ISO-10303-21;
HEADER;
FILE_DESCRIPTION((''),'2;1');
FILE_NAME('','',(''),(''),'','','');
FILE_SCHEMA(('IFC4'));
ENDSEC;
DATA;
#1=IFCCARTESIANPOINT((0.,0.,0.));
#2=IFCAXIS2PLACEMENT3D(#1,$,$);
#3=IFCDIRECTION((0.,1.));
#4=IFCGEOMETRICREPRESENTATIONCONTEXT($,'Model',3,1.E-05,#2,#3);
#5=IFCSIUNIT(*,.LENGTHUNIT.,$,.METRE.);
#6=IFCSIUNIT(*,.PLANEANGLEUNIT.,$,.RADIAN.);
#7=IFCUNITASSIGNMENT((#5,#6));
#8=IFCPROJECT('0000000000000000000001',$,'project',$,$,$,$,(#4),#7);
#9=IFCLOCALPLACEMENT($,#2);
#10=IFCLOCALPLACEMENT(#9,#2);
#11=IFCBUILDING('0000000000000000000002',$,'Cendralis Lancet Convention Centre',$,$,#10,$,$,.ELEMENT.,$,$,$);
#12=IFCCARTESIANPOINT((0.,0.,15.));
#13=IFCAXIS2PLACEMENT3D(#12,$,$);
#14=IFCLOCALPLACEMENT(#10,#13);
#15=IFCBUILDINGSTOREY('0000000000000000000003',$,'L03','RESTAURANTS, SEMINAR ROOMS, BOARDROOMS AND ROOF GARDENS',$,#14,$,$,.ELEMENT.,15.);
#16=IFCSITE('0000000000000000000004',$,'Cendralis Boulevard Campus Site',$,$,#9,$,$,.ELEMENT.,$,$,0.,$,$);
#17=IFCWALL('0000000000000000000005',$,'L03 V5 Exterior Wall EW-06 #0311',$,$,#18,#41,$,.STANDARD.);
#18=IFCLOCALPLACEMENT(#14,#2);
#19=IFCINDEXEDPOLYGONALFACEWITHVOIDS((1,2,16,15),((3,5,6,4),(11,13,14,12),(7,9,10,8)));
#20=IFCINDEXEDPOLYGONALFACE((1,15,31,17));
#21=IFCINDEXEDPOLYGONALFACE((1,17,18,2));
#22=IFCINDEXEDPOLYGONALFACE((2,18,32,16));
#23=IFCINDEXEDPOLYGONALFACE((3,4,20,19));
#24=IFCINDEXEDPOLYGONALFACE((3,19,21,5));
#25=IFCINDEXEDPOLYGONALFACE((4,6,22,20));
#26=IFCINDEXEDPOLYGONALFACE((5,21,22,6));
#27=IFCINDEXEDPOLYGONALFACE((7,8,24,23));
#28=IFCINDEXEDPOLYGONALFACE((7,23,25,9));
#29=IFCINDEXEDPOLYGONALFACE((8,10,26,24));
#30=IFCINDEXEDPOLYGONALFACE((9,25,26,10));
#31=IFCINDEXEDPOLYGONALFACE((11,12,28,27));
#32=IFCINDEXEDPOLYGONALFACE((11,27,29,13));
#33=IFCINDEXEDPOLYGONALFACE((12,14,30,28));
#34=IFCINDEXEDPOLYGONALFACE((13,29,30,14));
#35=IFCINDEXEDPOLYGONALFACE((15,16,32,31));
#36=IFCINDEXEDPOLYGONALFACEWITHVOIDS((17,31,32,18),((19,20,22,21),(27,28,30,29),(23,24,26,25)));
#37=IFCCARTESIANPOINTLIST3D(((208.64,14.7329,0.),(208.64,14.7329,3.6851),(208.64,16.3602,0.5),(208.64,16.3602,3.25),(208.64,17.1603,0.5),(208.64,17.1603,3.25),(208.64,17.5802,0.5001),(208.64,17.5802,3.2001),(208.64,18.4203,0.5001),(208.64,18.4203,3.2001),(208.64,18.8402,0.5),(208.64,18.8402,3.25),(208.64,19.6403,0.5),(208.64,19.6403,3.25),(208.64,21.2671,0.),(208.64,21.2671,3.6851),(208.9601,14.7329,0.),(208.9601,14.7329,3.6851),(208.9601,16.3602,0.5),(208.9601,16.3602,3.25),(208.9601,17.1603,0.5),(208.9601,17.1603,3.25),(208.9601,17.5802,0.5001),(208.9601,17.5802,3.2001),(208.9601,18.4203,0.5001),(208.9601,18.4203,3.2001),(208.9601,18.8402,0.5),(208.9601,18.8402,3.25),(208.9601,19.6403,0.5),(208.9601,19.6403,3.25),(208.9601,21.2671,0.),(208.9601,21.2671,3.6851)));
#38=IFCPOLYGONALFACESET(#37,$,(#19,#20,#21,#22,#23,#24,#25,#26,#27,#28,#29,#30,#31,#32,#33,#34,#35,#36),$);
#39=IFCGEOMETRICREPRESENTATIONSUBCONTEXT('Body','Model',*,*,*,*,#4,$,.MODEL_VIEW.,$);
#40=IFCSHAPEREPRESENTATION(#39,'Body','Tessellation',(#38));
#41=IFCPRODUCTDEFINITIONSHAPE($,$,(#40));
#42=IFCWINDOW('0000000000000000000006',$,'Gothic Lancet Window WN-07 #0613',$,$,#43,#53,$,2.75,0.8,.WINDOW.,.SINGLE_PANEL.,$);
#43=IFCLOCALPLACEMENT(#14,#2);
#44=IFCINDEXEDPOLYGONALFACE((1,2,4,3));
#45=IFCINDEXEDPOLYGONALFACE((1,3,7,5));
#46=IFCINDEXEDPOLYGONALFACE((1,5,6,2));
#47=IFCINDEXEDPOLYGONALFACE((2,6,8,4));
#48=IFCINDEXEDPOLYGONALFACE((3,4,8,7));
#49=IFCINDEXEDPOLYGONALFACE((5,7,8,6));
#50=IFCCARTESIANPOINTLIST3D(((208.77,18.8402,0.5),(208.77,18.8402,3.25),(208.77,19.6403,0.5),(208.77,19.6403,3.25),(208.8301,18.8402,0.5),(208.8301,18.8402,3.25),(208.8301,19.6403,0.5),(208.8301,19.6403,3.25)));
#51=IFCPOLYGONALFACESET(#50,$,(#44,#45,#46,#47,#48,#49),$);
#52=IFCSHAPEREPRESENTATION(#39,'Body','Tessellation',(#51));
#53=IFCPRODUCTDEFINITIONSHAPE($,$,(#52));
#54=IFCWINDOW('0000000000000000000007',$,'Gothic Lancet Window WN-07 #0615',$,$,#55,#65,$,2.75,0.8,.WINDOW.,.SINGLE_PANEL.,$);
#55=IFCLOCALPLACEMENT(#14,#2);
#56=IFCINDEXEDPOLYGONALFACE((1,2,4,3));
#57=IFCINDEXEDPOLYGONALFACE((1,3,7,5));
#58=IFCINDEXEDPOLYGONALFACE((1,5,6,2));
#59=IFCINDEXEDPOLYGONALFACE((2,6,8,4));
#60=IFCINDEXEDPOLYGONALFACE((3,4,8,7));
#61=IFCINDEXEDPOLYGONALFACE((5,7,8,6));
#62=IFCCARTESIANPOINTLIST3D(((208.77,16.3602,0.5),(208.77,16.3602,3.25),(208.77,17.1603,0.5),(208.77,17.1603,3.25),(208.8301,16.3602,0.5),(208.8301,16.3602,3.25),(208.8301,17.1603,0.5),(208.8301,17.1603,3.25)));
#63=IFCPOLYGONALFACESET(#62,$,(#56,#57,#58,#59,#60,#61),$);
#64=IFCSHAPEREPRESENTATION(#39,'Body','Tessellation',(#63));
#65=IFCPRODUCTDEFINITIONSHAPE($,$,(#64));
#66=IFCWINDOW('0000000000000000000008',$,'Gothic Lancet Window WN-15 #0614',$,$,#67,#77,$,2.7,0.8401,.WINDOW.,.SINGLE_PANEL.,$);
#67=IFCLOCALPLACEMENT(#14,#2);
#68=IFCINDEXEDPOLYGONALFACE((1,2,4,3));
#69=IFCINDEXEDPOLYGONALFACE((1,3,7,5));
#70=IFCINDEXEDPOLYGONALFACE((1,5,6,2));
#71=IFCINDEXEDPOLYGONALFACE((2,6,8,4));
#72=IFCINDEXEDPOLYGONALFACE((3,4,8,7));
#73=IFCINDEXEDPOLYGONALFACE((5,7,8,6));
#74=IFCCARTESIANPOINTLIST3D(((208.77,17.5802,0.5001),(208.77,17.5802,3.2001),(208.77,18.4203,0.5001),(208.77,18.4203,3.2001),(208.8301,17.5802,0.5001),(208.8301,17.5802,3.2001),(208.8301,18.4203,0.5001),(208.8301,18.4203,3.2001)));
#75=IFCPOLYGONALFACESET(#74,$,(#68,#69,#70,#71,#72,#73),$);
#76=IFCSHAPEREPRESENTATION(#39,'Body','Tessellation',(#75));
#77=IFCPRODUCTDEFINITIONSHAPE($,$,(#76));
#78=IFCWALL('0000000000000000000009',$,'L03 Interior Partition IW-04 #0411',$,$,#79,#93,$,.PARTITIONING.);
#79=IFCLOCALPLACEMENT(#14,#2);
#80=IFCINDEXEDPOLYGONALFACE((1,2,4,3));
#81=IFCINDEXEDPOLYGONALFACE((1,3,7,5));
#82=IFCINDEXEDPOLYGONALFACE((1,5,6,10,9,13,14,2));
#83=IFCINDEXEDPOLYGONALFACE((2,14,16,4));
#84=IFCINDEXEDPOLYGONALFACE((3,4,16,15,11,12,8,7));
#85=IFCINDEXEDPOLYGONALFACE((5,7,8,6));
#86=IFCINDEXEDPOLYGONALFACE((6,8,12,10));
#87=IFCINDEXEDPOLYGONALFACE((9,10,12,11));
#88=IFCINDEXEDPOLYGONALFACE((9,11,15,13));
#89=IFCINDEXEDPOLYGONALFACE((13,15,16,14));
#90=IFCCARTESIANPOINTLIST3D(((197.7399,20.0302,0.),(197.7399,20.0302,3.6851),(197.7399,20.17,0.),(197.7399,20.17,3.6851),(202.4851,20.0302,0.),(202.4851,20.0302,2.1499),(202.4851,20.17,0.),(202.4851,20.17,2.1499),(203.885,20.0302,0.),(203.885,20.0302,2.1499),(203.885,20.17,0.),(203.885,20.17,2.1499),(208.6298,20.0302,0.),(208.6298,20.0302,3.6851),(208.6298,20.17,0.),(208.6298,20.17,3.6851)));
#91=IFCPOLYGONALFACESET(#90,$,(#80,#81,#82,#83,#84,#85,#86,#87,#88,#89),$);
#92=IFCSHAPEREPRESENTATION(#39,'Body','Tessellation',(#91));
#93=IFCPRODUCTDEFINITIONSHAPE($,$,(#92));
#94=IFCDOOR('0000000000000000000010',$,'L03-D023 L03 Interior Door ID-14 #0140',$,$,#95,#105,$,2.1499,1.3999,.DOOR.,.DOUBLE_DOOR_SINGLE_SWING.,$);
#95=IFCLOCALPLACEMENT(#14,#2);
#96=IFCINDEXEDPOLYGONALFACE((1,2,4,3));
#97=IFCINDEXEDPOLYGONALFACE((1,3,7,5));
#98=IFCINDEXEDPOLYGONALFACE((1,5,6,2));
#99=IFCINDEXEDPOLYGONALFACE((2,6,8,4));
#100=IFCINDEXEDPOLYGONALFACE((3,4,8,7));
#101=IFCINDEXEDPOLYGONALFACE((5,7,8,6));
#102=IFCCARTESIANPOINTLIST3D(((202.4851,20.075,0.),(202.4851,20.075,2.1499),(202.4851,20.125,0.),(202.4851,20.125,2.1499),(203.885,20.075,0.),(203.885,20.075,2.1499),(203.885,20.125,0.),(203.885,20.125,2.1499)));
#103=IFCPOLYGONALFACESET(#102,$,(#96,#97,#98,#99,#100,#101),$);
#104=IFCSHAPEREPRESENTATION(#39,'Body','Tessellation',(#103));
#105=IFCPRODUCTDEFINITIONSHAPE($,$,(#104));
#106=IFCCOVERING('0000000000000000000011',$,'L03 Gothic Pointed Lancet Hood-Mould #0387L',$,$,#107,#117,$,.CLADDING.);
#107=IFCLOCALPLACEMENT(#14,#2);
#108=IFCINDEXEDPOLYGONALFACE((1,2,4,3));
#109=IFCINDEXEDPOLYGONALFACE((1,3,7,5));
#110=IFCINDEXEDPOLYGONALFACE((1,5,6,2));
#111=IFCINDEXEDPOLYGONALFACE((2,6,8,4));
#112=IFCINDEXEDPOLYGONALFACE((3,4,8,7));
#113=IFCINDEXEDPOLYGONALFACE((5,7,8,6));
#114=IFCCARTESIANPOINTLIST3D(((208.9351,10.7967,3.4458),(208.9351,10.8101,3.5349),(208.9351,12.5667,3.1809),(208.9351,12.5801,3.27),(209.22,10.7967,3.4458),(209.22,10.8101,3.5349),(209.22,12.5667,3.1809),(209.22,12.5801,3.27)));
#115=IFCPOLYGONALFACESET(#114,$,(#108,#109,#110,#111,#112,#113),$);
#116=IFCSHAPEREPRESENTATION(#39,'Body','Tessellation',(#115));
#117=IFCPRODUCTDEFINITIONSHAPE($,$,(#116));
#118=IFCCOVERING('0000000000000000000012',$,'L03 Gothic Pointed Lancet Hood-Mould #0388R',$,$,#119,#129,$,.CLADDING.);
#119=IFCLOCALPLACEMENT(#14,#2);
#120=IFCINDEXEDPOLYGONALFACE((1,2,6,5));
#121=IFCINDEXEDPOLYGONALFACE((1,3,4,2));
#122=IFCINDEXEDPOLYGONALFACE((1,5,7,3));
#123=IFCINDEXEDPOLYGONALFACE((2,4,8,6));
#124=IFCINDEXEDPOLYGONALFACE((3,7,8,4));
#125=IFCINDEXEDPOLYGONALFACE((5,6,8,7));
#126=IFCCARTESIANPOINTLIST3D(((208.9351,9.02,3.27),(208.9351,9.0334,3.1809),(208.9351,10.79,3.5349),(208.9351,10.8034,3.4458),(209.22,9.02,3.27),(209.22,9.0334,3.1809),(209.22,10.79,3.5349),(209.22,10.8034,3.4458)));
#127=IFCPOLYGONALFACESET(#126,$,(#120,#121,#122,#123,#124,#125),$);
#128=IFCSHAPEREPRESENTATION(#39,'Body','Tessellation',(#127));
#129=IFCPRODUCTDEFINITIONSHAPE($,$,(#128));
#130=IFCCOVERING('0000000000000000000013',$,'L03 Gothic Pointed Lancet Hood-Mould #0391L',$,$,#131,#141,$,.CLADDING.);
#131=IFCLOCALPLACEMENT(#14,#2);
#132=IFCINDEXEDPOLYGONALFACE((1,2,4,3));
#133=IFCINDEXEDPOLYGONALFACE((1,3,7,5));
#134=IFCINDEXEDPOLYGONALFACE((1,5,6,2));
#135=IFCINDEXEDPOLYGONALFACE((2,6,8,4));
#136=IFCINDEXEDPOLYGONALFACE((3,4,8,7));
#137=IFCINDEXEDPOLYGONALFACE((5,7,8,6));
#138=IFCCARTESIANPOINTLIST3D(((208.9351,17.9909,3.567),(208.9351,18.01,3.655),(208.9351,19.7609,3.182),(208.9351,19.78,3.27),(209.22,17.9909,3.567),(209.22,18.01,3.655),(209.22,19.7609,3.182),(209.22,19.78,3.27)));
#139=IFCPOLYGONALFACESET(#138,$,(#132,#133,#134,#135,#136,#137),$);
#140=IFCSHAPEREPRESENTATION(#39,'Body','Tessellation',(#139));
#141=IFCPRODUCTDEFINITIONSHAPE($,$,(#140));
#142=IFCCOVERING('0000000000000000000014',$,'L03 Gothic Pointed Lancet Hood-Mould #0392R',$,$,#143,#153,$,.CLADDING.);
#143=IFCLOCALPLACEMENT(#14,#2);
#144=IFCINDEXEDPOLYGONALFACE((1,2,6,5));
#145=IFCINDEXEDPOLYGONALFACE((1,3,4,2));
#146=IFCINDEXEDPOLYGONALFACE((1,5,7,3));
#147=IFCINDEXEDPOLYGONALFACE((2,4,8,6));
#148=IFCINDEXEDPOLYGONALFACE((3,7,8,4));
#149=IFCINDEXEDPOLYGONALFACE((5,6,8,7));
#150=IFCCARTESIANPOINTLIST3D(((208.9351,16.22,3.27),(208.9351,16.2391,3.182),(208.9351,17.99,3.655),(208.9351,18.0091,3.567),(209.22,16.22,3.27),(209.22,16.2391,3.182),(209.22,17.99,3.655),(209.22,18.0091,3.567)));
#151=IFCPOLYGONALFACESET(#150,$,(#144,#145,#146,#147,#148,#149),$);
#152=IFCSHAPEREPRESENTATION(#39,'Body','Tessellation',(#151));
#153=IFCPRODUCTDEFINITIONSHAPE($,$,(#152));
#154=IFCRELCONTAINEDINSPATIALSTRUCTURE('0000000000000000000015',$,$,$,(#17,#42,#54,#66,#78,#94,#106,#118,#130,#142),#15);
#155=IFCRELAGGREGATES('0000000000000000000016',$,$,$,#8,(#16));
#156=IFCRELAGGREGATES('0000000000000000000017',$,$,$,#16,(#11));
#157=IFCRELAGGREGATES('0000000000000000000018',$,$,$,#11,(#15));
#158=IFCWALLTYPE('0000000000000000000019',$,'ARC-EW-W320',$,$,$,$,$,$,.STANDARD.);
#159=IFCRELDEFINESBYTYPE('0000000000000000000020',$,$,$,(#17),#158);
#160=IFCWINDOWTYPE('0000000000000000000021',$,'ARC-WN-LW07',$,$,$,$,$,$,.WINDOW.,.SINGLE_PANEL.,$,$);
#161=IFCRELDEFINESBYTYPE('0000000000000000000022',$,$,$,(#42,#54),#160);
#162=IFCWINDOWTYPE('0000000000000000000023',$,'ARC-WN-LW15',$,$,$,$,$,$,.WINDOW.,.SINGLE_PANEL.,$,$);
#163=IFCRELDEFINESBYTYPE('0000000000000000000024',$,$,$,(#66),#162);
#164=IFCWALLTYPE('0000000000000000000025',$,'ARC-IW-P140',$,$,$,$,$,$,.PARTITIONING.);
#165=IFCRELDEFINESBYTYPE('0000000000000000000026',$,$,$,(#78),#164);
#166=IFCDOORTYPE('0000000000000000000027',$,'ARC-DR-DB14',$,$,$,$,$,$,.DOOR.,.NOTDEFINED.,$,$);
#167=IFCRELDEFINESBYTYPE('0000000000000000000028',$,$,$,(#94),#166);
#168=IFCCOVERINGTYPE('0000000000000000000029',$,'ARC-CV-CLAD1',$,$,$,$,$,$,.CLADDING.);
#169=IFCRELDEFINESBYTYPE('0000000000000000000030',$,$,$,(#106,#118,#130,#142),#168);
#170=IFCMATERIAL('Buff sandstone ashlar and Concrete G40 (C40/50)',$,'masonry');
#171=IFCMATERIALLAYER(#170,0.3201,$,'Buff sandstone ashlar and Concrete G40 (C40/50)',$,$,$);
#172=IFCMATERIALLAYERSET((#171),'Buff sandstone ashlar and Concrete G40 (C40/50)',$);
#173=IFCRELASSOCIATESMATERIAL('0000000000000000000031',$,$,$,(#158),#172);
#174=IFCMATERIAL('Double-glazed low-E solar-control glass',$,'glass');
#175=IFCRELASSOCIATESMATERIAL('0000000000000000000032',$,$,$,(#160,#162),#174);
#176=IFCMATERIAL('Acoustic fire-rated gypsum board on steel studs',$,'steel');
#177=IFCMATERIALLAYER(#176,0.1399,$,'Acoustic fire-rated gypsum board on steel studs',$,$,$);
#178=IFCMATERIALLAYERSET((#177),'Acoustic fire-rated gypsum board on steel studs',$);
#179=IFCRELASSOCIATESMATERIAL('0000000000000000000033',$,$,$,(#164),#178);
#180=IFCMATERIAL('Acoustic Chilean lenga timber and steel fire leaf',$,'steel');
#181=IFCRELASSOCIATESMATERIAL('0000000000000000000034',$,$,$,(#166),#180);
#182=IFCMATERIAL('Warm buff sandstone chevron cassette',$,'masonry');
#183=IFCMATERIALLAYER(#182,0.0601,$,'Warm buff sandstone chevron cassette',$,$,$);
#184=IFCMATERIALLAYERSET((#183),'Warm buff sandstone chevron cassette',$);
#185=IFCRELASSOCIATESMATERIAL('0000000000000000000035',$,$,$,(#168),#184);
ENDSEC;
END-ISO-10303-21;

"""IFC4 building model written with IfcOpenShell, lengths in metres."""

from ifc_helpers import new_model, si_unit, direction, frame, frame_2d, origin, place, context, subcontext, project, spatial, polyline, rectangle, outline, extrude, material, layer, layer_set, type_object, element, fill, save


model = new_model("IFC4")

# Units and contexts
model_context = context("Model", 3, precision=1e-05, world=origin(), true_north=direction((0.0, 1.0)))
body_context = subcontext(model_context, "Body", "Model", "MODEL_VIEW")
ifc_project = project(units=[si_unit("LENGTHUNIT", "METRE"), si_unit("PLANEANGLEUNIT", "RADIAN")], contexts=[model_context])

# Site, building, storey
site_placement = place(None, origin())
site = spatial("IfcSite", under=ifc_project, at=site_placement, Name="Cendralis Boulevard Campus Site", CompositionType="ELEMENT", RefElevation=0.0)
building_placement = place(site_placement, origin())
building = spatial("IfcBuilding", under=site, at=building_placement, Name="Cendralis Lancet Convention Centre", CompositionType="ELEMENT")
storey_placement = place(building_placement, frame((0.0, 0.0, 15.0)))
storey = spatial("IfcBuildingStorey", under=building, at=storey_placement, Name="L03", Description="RESTAURANTS, SEMINAR ROOMS, BOARDROOMS AND ROOF GARDENS", CompositionType="ELEMENT", Elevation=15.0)

# Wall, openings, windows
ifc_material_1 = material(Name="Buff sandstone ashlar and Concrete G40 (C40/50)", Category="masonry")
ifc_layer_1 = layer(ifc_material_1, 0.3201, Name="Buff sandstone ashlar and Concrete G40 (C40/50)")
ifc_layer_set_1 = layer_set([ifc_layer_1], Name="Buff sandstone ashlar and Concrete G40 (C40/50)")
wall_type_1 = type_object("IfcWallType", Name="ARC-EW-W320", PredefinedType="STANDARD", material=ifc_layer_set_1)
ifc_material_2 = material(Name="Double-glazed low-E solar-control glass", Category="glass")
window_type_1 = type_object("IfcWindowType", Name="ARC-WN-LW07", PartitioningType="SINGLE_PANEL", PredefinedType="WINDOW", material=ifc_material_2)
window_type_2 = type_object("IfcWindowType", Name="ARC-WN-LW15", PartitioningType="SINGLE_PANEL", PredefinedType="WINDOW", material=ifc_material_2)
wall_1_placement = place(storey_placement, frame((208.8, 21.2671, 0.0), z_axis=(0.0, 0.0, 1.0), x_axis=(0.0, -1.0, 0.0)))
wall_1 = element("IfcWall", 1, at=wall_1_placement, inside=storey, type_object=wall_type_1, Name="L03 V5 Exterior Wall EW-06 #0311", PredefinedType="STANDARD", context=body_context, shape_type="SweptSolid", body=[
    extrude(rectangle(XDim=6.5342, YDim=0.3201, at=frame_2d((3.2671, 0.0))), origin(), (0.0, 0.0, 1.0), 3.6851),
])
opening_1_placement = place(wall_1_placement, frame((1.627, 0.0, 0.5)))
opening_1 = element("IfcOpeningElement", 2, at=opening_1_placement, cuts=wall_1, PredefinedType="OPENING", context=body_context, shape_type="SweptSolid", body=[
    extrude(rectangle(XDim=0.8, YDim=2.75, at=frame_2d((0.3999, 1.375))), frame((0.0, 0.1699, 0.0), z_axis=(0.0, -1.0, 0.0), x_axis=(1.0, 0.0, 0.0)), (0.0, 0.0, 1.0), 0.3401),
])
opening_2_placement = place(wall_1_placement, frame((2.8469, 0.0, 0.5)))
opening_2 = element("IfcOpeningElement", 3, at=opening_2_placement, cuts=wall_1, PredefinedType="OPENING", context=body_context, shape_type="SweptSolid", body=[
    extrude(rectangle(XDim=0.8401, YDim=2.7, at=frame_2d((0.4199, 1.3501))), frame((0.0, 0.1699, 0.0), z_axis=(0.0, -1.0, 0.0), x_axis=(1.0, 0.0, 0.0)), (0.0, 0.0, 1.0), 0.3401),
])
opening_3_placement = place(wall_1_placement, frame((4.1069, 0.0, 0.5)))
opening_3 = element("IfcOpeningElement", 4, at=opening_3_placement, cuts=wall_1, PredefinedType="OPENING", context=body_context, shape_type="SweptSolid", body=[
    extrude(rectangle(XDim=0.8, YDim=2.75, at=frame_2d((0.3999, 1.375))), frame((0.0, 0.1699, 0.0), z_axis=(0.0, -1.0, 0.0), x_axis=(1.0, 0.0, 0.0)), (0.0, 0.0, 1.0), 0.3401),
])
window_1_placement = place(opening_1_placement, origin())
window_1 = element("IfcWindow", 5, at=window_1_placement, inside=storey, type_object=window_type_1, Name="Gothic Lancet Window WN-07 #0613", OverallHeight=2.75, OverallWidth=0.8, PartitioningType="SINGLE_PANEL", PredefinedType="WINDOW", context=body_context, shape_type="SweptSolid", body=[
    extrude(rectangle(XDim=0.8, YDim=2.75, at=frame_2d((0.3999, 1.375))), frame((0.0, 0.03, 0.0), z_axis=(0.0, -1.0, 0.0), x_axis=(1.0, 0.0, 0.0)), (0.0, 0.0, 1.0), 0.0601),
])
fill(opening_1, window_1)
window_2_placement = place(opening_3_placement, origin())
window_2 = element("IfcWindow", 6, at=window_2_placement, inside=storey, type_object=window_type_1, Name="Gothic Lancet Window WN-07 #0615", OverallHeight=2.75, OverallWidth=0.8, PartitioningType="SINGLE_PANEL", PredefinedType="WINDOW", context=body_context, shape_type="SweptSolid", body=[
    extrude(rectangle(XDim=0.8, YDim=2.75, at=frame_2d((0.3999, 1.375))), frame((0.0, 0.03, 0.0), z_axis=(0.0, -1.0, 0.0), x_axis=(1.0, 0.0, 0.0)), (0.0, 0.0, 1.0), 0.0601),
])
fill(opening_3, window_2)
window_3_placement = place(opening_2_placement, origin())
window_3 = element("IfcWindow", 7, at=window_3_placement, inside=storey, type_object=window_type_2, Name="Gothic Lancet Window WN-15 #0614", OverallHeight=2.7, OverallWidth=0.8401, PartitioningType="SINGLE_PANEL", PredefinedType="WINDOW", context=body_context, shape_type="SweptSolid", body=[
    extrude(rectangle(XDim=0.8401, YDim=2.7, at=frame_2d((0.4199, 1.3501))), frame((0.0, 0.03, 0.0), z_axis=(0.0, -1.0, 0.0), x_axis=(1.0, 0.0, 0.0)), (0.0, 0.0, 1.0), 0.0601),
])
fill(opening_2, window_3)

# Wall, opening, door
ifc_material_3 = material(Name="Acoustic fire-rated gypsum board on steel studs", Category="steel")
ifc_layer_2 = layer(ifc_material_3, 0.1399, Name="Acoustic fire-rated gypsum board on steel studs")
ifc_layer_set_2 = layer_set([ifc_layer_2], Name="Acoustic fire-rated gypsum board on steel studs")
wall_type_2 = type_object("IfcWallType", Name="ARC-IW-P140", PredefinedType="PARTITIONING", material=ifc_layer_set_2)
wall_2_placement = place(storey_placement, frame((197.74, 20.1001, 0.0), z_axis=(0.0, 0.0, 1.0), x_axis=(1.0, 0.0, 0.0)))
wall_2 = element("IfcWall", 8, at=wall_2_placement, inside=storey, type_object=wall_type_2, Name="L03 Interior Partition IW-04 #0411", PredefinedType="PARTITIONING", context=body_context, shape_type="SweptSolid", body=[
    extrude(rectangle(XDim=10.8899, YDim=0.1399, at=frame_2d((5.4448, 0.0))), origin(), (0.0, 0.0, 1.0), 3.6851),
])
opening_4_placement = place(wall_2_placement, frame((4.7451, 0.0, 0.0)))
opening_4 = element("IfcOpeningElement", 9, at=opening_4_placement, cuts=wall_2, PredefinedType="OPENING", context=body_context, shape_type="SweptSolid", body=[
    extrude(rectangle(XDim=1.3999, YDim=2.1499, at=frame_2d((0.7, 1.075))), frame((0.0, 0.0798, 0.0), z_axis=(0.0, -1.0, 0.0), x_axis=(1.0, 0.0, 0.0)), (0.0, 0.0, 1.0), 0.1599),
])
ifc_material_4 = material(Name="Acoustic Chilean lenga timber and steel fire leaf", Category="steel")
door_type = type_object("IfcDoorType", Name="ARC-DR-DB14", OperationType="NOTDEFINED", PredefinedType="DOOR", material=ifc_material_4)
door_placement = place(opening_4_placement, origin())
door = element("IfcDoor", 10, at=door_placement, inside=storey, type_object=door_type, Name="L03-D023 L03 Interior Door ID-14 #0140", OperationType="DOUBLE_DOOR_SINGLE_SWING", OverallHeight=2.1499, OverallWidth=1.3999, PredefinedType="DOOR", context=body_context, shape_type="SweptSolid", body=[
    extrude(rectangle(XDim=1.3999, YDim=2.1499, at=frame_2d((0.7, 1.075))), frame((0.0, 0.0249, 0.0), z_axis=(0.0, -1.0, 0.0), x_axis=(1.0, 0.0, 0.0)), (0.0, 0.0, 1.0), 0.05),
])
fill(opening_4, door)

# Coverings
ifc_material_5 = material(Name="Warm buff sandstone chevron cassette", Category="masonry")
ifc_layer_3 = layer(ifc_material_5, 0.0601, Name="Warm buff sandstone chevron cassette")
ifc_layer_set_3 = layer_set([ifc_layer_3], Name="Warm buff sandstone chevron cassette")
covering_type = type_object("IfcCoveringType", Name="ARC-CV-CLAD1", PredefinedType="CLADDING", material=ifc_layer_set_3)
for number, where, z_axis, x_axis, name in (
    (11, (209.22, 12.5801, 3.27), (0.0, 0.148007, 0.988986), (-1.0, 0.0, 0.0), "L03 Gothic Pointed Lancet Hood-Mould #0387L"),
    (12, (209.22, 10.79, 3.5349), (0.0, -0.148007, 0.988986), (-1.0, 0.0, 0.0), "L03 Gothic Pointed Lancet Hood-Mould #0388R"),
):
    element("IfcCovering", number, at=place(storey_placement, frame(where, z_axis=z_axis, x_axis=x_axis)), inside=storey, type_object=covering_type, Name=name, PredefinedType="CLADDING", context=body_context, shape_type="SweptSolid", body=[
        extrude(outline(polyline([(0.0, 0.0), (0.2849, 0.0), (0.2849, 1.7897), (0.0, 1.7897), (0.0, 0.0)])), origin(), (0.0, 0.0, -1.0), 0.0901),
    ])
for number, where, z_axis, x_axis, name in (
    (13, (209.22, 19.78, 3.27), (0.0, 0.212547, 0.977151), (-1.0, 0.0, 0.0), "L03 Gothic Pointed Lancet Hood-Mould #0391L"),
    (14, (209.22, 17.99, 3.655), (0.0, -0.212547, 0.977151), (-1.0, 0.0, 0.0), "L03 Gothic Pointed Lancet Hood-Mould #0392R"),
):
    element("IfcCovering", number, at=place(storey_placement, frame(where, z_axis=z_axis, x_axis=x_axis)), inside=storey, type_object=covering_type, Name=name, PredefinedType="CLADDING", context=body_context, shape_type="SweptSolid", body=[
        extrude(outline(polyline([(0.0, 0.0), (0.2849, 0.0), (0.2849, 1.8114), (0.0, 1.8114), (0.0, 0.0)])), origin(), (0.0, 0.0, -1.0), 0.0901),
    ])

save(model, "model.ifc")
